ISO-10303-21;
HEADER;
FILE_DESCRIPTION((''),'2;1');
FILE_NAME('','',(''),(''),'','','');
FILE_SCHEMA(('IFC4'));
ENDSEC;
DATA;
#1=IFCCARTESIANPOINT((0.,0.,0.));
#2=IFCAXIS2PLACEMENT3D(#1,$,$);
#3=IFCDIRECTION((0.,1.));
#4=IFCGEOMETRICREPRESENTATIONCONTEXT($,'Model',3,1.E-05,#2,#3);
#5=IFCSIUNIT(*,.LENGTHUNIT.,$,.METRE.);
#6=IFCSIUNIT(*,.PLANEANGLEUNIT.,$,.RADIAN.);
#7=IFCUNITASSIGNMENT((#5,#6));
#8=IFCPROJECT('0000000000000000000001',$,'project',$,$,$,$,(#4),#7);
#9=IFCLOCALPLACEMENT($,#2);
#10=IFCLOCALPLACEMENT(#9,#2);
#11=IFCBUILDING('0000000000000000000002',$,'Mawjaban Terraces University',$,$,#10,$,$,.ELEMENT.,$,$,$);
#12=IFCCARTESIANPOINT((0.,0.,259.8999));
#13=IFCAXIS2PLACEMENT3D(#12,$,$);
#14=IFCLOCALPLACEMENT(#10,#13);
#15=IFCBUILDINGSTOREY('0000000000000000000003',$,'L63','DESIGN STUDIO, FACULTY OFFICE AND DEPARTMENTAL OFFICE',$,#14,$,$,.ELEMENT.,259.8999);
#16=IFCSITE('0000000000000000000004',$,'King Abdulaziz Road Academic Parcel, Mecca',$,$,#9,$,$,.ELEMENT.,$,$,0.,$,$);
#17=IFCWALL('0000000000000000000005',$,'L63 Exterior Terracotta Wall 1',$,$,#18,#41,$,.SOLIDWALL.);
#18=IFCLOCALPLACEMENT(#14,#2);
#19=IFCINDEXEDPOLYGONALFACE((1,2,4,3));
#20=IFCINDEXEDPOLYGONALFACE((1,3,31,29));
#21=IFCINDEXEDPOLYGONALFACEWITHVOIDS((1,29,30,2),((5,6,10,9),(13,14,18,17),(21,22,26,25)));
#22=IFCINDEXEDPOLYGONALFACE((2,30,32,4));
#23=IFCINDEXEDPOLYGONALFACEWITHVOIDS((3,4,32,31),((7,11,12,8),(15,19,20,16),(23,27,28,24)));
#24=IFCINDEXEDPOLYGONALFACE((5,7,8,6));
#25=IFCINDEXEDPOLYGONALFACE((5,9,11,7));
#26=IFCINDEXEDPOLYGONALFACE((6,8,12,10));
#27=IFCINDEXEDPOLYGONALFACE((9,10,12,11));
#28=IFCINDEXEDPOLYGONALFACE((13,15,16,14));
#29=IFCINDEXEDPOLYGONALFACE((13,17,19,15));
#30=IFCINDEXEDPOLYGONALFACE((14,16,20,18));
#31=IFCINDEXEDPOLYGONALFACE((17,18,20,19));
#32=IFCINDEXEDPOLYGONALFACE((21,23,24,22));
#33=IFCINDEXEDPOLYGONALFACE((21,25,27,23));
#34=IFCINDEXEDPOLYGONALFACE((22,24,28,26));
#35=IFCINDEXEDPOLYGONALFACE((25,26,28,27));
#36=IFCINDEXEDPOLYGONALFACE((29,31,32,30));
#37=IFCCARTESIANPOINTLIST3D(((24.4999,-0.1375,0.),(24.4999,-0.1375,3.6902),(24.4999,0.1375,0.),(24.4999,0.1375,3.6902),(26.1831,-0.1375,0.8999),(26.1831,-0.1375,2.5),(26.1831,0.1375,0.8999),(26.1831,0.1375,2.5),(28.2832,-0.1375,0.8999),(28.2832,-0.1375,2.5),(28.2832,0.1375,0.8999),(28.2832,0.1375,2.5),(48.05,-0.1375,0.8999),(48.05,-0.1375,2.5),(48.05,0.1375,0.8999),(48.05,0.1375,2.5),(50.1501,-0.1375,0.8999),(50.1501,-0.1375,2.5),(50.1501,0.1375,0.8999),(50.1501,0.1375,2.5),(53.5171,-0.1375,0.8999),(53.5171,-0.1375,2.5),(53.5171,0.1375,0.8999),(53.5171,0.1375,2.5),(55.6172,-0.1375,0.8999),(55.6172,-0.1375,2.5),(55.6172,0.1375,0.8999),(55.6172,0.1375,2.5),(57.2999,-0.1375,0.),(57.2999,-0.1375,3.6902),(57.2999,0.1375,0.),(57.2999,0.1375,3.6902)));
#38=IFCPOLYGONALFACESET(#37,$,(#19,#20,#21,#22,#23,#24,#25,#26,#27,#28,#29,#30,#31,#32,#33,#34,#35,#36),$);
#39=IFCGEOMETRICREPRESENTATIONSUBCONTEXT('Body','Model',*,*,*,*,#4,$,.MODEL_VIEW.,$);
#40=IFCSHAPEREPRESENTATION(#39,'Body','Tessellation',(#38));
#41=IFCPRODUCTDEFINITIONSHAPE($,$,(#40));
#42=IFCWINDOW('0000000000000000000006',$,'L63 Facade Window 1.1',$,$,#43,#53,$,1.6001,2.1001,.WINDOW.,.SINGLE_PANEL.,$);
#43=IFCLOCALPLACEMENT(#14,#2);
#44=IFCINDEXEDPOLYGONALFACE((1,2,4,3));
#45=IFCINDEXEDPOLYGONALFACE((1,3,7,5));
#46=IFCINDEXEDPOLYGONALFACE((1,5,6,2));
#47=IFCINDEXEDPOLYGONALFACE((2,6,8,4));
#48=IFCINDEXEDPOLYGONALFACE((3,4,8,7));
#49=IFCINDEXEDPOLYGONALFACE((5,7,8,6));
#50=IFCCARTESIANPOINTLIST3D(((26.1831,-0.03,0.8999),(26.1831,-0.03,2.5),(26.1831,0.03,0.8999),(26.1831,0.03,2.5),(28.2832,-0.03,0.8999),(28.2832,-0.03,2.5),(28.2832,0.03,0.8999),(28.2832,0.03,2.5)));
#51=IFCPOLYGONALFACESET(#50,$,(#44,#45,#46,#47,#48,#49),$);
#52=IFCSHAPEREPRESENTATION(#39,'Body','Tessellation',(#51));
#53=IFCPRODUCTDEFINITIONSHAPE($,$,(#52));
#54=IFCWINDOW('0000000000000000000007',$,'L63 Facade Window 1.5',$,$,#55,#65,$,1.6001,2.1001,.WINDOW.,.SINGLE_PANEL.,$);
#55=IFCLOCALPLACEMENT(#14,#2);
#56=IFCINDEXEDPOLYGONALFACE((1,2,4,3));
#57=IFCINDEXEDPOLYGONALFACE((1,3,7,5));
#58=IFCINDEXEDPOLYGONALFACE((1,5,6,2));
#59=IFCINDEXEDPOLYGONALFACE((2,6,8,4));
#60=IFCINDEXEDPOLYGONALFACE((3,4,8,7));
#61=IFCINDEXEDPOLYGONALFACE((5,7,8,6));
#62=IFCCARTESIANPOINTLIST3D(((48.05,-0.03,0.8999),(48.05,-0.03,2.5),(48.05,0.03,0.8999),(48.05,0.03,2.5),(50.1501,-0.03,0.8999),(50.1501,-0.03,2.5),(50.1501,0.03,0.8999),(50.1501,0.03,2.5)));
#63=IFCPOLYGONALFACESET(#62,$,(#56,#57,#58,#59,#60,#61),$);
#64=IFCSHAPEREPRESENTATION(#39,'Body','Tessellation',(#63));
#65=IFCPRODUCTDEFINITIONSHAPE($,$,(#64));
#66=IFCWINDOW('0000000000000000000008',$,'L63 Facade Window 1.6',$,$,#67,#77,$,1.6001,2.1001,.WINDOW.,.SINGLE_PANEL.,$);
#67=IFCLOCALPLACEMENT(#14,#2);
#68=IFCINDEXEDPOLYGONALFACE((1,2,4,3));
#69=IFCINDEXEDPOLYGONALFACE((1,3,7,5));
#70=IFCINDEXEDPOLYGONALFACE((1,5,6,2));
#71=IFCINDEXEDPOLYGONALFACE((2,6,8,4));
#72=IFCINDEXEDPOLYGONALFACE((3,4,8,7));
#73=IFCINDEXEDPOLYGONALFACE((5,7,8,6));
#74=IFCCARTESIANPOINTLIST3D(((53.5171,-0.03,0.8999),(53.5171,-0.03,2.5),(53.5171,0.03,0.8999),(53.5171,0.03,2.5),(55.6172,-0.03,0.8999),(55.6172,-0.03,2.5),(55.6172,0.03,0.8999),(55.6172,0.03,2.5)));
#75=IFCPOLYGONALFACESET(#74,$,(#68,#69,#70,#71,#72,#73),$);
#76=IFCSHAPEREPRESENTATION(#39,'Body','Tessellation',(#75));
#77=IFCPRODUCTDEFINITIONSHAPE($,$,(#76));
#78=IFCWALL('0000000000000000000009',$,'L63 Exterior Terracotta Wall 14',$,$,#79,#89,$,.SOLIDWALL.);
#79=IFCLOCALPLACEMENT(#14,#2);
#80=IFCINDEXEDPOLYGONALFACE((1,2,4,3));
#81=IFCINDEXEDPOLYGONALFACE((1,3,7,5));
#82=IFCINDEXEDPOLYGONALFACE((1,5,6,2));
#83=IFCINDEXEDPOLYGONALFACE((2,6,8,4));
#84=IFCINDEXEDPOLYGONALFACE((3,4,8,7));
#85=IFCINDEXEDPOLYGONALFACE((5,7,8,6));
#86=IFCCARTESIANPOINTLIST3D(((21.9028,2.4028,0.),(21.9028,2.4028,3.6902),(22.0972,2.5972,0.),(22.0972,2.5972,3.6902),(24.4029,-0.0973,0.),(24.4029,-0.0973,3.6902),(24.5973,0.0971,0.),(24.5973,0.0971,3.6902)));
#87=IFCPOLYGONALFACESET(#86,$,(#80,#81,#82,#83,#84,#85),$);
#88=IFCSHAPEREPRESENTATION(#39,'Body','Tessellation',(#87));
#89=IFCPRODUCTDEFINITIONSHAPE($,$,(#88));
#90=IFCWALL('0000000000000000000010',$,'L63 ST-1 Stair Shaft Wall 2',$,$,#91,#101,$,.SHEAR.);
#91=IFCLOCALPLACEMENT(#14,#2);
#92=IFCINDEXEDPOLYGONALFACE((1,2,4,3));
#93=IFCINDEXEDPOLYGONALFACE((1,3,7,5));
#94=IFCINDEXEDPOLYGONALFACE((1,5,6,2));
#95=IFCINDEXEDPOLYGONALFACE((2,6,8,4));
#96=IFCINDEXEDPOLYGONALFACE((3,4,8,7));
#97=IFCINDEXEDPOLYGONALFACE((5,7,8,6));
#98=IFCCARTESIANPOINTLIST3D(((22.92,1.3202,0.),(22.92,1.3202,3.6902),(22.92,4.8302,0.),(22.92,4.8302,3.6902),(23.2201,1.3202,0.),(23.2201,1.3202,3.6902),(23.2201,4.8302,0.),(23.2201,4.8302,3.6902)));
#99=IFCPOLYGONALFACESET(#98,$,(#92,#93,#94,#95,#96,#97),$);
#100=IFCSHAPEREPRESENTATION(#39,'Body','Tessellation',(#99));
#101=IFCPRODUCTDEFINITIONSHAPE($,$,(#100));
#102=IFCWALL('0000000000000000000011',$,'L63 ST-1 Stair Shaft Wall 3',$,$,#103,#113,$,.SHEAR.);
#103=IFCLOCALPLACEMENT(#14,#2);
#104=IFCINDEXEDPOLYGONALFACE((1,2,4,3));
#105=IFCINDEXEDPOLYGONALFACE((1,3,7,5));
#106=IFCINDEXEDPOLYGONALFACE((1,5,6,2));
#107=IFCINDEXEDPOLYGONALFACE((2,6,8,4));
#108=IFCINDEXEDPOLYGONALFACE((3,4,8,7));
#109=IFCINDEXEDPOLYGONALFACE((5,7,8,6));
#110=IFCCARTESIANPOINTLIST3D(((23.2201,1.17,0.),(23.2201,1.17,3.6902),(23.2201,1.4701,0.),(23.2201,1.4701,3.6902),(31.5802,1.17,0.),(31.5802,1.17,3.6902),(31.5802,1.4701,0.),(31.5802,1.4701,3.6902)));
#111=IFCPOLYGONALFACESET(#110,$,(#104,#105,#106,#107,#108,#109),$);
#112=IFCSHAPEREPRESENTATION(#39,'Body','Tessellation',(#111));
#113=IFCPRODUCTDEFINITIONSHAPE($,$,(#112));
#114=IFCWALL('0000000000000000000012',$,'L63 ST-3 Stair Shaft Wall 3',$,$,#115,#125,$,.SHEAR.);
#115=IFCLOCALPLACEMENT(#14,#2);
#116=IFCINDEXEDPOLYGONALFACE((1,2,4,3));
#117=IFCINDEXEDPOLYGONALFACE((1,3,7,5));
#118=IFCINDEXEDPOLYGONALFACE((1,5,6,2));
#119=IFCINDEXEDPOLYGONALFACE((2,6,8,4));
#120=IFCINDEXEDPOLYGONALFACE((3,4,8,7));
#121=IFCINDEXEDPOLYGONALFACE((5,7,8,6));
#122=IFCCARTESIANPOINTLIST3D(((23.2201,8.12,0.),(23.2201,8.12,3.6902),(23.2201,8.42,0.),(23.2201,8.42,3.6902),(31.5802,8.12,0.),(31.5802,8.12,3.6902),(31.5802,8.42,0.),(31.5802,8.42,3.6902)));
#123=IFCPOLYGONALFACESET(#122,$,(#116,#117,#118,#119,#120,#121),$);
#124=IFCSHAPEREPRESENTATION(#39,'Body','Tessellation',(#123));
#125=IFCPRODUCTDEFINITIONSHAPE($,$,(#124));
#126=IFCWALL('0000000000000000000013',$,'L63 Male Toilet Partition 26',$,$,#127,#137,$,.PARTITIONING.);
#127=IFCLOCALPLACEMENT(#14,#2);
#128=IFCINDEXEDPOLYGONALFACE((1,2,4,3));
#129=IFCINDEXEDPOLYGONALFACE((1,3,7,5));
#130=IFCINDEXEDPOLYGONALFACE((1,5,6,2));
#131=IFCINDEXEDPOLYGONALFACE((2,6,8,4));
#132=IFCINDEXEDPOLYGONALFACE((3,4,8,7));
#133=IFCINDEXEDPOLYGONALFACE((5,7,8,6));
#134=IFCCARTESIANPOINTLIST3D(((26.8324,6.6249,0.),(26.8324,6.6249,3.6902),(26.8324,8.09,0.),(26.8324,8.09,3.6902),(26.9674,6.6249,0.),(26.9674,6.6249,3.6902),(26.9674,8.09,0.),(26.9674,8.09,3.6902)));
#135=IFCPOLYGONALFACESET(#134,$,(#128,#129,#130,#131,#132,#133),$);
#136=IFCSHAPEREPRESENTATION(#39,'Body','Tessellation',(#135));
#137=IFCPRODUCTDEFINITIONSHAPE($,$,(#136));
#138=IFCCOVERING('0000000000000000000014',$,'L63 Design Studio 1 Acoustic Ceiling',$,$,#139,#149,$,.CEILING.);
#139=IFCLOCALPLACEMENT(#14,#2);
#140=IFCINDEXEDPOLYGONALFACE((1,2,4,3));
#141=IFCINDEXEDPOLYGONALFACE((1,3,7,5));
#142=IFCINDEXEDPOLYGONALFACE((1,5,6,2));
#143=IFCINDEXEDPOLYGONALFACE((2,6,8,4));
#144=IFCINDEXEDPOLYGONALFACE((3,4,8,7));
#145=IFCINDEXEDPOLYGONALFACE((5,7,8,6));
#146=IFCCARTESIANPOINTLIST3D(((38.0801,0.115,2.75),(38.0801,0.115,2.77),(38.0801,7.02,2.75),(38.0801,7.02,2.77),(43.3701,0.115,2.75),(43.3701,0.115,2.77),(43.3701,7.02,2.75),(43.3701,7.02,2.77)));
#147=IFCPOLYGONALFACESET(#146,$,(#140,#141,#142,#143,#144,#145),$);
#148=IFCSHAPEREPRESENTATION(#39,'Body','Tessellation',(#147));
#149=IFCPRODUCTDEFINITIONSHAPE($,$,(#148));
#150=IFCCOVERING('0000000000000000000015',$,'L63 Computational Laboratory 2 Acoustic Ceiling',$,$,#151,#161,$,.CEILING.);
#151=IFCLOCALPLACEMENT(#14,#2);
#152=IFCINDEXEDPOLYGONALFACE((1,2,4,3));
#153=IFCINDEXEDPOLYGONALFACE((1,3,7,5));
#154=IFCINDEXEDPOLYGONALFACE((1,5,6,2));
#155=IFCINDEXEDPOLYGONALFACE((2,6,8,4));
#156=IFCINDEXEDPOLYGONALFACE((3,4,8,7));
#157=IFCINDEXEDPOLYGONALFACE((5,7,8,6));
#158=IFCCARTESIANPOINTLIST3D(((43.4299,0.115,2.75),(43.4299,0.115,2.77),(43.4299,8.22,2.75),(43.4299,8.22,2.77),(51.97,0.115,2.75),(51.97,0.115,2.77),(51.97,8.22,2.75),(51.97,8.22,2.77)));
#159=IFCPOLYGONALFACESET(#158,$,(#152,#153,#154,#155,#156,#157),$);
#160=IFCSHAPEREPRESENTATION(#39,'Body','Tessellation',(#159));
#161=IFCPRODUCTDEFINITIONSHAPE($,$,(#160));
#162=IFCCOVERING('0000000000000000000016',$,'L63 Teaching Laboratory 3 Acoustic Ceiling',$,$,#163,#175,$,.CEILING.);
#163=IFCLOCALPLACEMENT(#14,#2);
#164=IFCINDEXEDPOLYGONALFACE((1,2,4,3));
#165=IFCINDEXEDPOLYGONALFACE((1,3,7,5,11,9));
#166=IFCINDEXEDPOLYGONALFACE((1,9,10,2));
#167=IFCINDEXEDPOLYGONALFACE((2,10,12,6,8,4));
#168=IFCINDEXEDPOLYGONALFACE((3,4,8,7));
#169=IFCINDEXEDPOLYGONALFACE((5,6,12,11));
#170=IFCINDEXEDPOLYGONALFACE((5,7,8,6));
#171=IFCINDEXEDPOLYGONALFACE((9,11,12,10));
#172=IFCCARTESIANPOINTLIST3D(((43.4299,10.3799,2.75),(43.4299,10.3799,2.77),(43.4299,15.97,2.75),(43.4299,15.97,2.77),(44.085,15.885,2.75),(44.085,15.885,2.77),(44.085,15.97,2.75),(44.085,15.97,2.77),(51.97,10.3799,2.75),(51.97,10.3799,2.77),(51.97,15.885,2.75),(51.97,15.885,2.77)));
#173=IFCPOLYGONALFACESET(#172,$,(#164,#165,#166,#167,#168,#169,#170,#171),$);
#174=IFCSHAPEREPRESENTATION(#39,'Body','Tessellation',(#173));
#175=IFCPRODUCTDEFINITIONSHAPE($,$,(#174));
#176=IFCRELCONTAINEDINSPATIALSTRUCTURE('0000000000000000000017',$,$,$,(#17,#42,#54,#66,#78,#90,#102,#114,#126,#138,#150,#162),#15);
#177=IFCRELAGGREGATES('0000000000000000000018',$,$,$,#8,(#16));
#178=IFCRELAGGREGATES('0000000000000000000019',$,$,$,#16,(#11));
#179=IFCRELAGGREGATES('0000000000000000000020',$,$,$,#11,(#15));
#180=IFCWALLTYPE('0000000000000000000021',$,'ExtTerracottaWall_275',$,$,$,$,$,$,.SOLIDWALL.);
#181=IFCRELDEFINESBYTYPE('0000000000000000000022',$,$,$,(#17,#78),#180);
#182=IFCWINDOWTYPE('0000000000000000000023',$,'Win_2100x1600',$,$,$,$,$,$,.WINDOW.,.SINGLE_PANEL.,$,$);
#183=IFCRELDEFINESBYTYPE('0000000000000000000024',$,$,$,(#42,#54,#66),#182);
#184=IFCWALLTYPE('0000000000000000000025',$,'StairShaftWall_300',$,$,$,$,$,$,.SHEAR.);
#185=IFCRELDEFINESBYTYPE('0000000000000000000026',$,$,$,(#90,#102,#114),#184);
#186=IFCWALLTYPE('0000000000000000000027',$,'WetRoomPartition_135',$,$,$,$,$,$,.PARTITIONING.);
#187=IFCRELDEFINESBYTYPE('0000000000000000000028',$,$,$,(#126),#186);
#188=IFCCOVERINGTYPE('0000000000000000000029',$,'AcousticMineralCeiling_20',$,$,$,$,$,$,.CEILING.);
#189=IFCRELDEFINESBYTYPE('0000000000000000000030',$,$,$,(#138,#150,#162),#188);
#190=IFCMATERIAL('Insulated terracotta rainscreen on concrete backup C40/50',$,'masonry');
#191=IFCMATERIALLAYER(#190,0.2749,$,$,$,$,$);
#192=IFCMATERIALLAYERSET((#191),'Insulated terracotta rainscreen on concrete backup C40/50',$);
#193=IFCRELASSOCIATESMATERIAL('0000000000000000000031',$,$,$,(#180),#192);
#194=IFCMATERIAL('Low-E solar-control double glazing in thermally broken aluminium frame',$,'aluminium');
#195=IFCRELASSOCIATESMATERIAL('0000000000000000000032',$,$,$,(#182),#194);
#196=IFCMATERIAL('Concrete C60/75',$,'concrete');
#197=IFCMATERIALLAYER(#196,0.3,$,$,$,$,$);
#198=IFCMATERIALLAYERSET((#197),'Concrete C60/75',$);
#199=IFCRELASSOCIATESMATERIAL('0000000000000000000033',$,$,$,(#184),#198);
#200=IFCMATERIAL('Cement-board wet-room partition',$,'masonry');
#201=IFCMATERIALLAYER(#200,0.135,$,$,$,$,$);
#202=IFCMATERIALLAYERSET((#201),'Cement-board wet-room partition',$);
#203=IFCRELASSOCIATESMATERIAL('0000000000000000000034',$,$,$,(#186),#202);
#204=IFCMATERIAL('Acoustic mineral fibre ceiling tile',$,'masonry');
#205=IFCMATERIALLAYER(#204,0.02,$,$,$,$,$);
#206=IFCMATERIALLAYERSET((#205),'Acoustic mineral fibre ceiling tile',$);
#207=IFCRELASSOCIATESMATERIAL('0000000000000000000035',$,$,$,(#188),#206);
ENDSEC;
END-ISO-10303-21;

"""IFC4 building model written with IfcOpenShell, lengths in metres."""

from ifc_helpers import new_model, si_unit, direction, frame, frame_2d, origin, place, context, subcontext, project, spatial, polyline, rectangle, outline, extrude, material, layer, layer_set, type_object, element, fill, save


model = new_model("IFC4")

# Units and contexts
model_context = context("Model", 3, precision=1e-05, world=origin(), true_north=direction((0.0, 1.0)))
body_context = subcontext(model_context, "Body", "Model", "MODEL_VIEW")
ifc_project = project(units=[si_unit("LENGTHUNIT", "METRE"), si_unit("PLANEANGLEUNIT", "RADIAN")], contexts=[model_context])

# Site, building, storey
site_placement = place(None, origin())
site = spatial("IfcSite", under=ifc_project, at=site_placement, Name="King Abdulaziz Road Academic Parcel, Mecca", CompositionType="ELEMENT", RefElevation=0.0)
building_placement = place(site_placement, origin())
building = spatial("IfcBuilding", under=site, at=building_placement, Name="Mawjaban Terraces University", CompositionType="ELEMENT")
storey_placement = place(building_placement, frame((0.0, 0.0, 259.8999)))
storey = spatial("IfcBuildingStorey", under=building, at=storey_placement, Name="L63", Description="DESIGN STUDIO, FACULTY OFFICE AND DEPARTMENTAL OFFICE", CompositionType="ELEMENT", Elevation=259.8999)

# Wall, openings, windows
ifc_material_1 = material(Name="Insulated terracotta rainscreen on concrete backup C40/50", Category="masonry")
ifc_layer_1 = layer(ifc_material_1, 0.2749)
ifc_layer_set_1 = layer_set([ifc_layer_1], Name="Insulated terracotta rainscreen on concrete backup C40/50")
wall_type_1 = type_object("IfcWallType", Name="ExtTerracottaWall_275", PredefinedType="SOLIDWALL", material=ifc_layer_set_1)
wall_1_placement = place(storey_placement, frame((24.5, 0.0, 0.0), z_axis=(0.0, 0.0, 1.0), x_axis=(1.0, 0.0, 0.0)))
wall_1 = element("IfcWall", 1, at=wall_1_placement, inside=storey, type_object=wall_type_1, Name="L63 Exterior Terracotta Wall 1", PredefinedType="SOLIDWALL", context=body_context, shape_type="SweptSolid", body=[
    extrude(rectangle(XDim=32.8, YDim=0.2749, at=frame_2d((16.3999, 0.0))), origin(), (0.0, 0.0, 1.0), 3.6902),
])
opening_1_placement = place(wall_1_placement, frame((1.6831, 0.0, 0.8999)))
opening_1 = element("IfcOpeningElement", 2, at=opening_1_placement, cuts=wall_1, PredefinedType="OPENING", context=body_context, shape_type="SweptSolid", body=[
    extrude(rectangle(XDim=2.1001, YDim=1.6001, at=frame_2d((1.05, 0.8))), frame((0.0, 0.1475, 0.0), z_axis=(0.0, -1.0, 0.0), x_axis=(1.0, 0.0, 0.0)), (0.0, 0.0, 1.0), 0.2949),
])
opening_2_placement = place(wall_1_placement, frame((23.55, 0.0, 0.8999)))
opening_2 = element("IfcOpeningElement", 3, at=opening_2_placement, cuts=wall_1, PredefinedType="OPENING", context=body_context, shape_type="SweptSolid", body=[
    extrude(rectangle(XDim=2.1001, YDim=1.6001, at=frame_2d((1.05, 0.8))), frame((0.0, 0.1475, 0.0), z_axis=(0.0, -1.0, 0.0), x_axis=(1.0, 0.0, 0.0)), (0.0, 0.0, 1.0), 0.2949),
])
opening_3_placement = place(wall_1_placement, frame((29.0171, 0.0, 0.8999)))
opening_3 = element("IfcOpeningElement", 4, at=opening_3_placement, cuts=wall_1, PredefinedType="OPENING", context=body_context, shape_type="SweptSolid", body=[
    extrude(rectangle(XDim=2.1001, YDim=1.6001, at=frame_2d((1.05, 0.8))), frame((0.0, 0.1475, 0.0), z_axis=(0.0, -1.0, 0.0), x_axis=(1.0, 0.0, 0.0)), (0.0, 0.0, 1.0), 0.2949),
])
ifc_material_2 = material(Name="Low-E solar-control double glazing in thermally broken aluminium frame", Category="aluminium")
window_type = type_object("IfcWindowType", Name="Win_2100x1600", PartitioningType="SINGLE_PANEL", PredefinedType="WINDOW", material=ifc_material_2)
window_1_placement = place(opening_1_placement, origin())
window_1 = element("IfcWindow", 5, at=window_1_placement, inside=storey, type_object=window_type, Name="L63 Facade Window 1.1", OverallHeight=1.6001, OverallWidth=2.1001, PartitioningType="SINGLE_PANEL", PredefinedType="WINDOW", context=body_context, shape_type="SweptSolid", body=[
    extrude(rectangle(XDim=2.1001, YDim=1.6001, at=frame_2d((1.05, 0.8))), frame((0.0, 0.03, 0.0), z_axis=(0.0, -1.0, 0.0), x_axis=(1.0, 0.0, 0.0)), (0.0, 0.0, 1.0), 0.0601),
])
fill(opening_1, window_1)
window_2_placement = place(opening_2_placement, origin())
window_2 = element("IfcWindow", 6, at=window_2_placement, inside=storey, type_object=window_type, Name="L63 Facade Window 1.5", OverallHeight=1.6001, OverallWidth=2.1001, PartitioningType="SINGLE_PANEL", PredefinedType="WINDOW", context=body_context, shape_type="SweptSolid", body=[
    extrude(rectangle(XDim=2.1001, YDim=1.6001, at=frame_2d((1.05, 0.8))), frame((0.0, 0.03, 0.0), z_axis=(0.0, -1.0, 0.0), x_axis=(1.0, 0.0, 0.0)), (0.0, 0.0, 1.0), 0.0601),
])
fill(opening_2, window_2)
window_3_placement = place(opening_3_placement, origin())
window_3 = element("IfcWindow", 7, at=window_3_placement, inside=storey, type_object=window_type, Name="L63 Facade Window 1.6", OverallHeight=1.6001, OverallWidth=2.1001, PartitioningType="SINGLE_PANEL", PredefinedType="WINDOW", context=body_context, shape_type="SweptSolid", body=[
    extrude(rectangle(XDim=2.1001, YDim=1.6001, at=frame_2d((1.05, 0.8))), frame((0.0, 0.03, 0.0), z_axis=(0.0, -1.0, 0.0), x_axis=(1.0, 0.0, 0.0)), (0.0, 0.0, 1.0), 0.0601),
])
fill(opening_3, window_3)

# Walls
wall_2_placement = place(storey_placement, frame((22.0, 2.5, 0.0), z_axis=(0.0, 0.0, 1.0), x_axis=(0.707107, -0.707107, 0.0)))
element("IfcWall", 8, at=wall_2_placement, inside=storey, type_object=wall_type_1, Name="L63 Exterior Terracotta Wall 14", PredefinedType="SOLIDWALL", context=body_context, shape_type="SweptSolid", body=[
    extrude(rectangle(XDim=3.5356, YDim=0.2749, at=frame_2d((1.7678, 0.0))), origin(), (0.0, 0.0, 1.0), 3.6902),
])
ifc_material_3 = material(Name="Concrete C60/75", Category="concrete")
ifc_layer_2 = layer(ifc_material_3, 0.3)
ifc_layer_set_2 = layer_set([ifc_layer_2], Name="Concrete C60/75")
wall_type_2 = type_object("IfcWallType", Name="StairShaftWall_300", PredefinedType="SHEAR", material=ifc_layer_set_2)
wall_3_placement = place(storey_placement, frame((23.0701, 4.8301, 0.0), z_axis=(0.0, 0.0, 1.0), x_axis=(0.0, -1.0, 0.0)))
element("IfcWall", 9, at=wall_3_placement, inside=storey, type_object=wall_type_2, Name="L63 ST-1 Stair Shaft Wall 2", PredefinedType="SHEAR", context=body_context, shape_type="SweptSolid", body=[
    extrude(rectangle(XDim=3.51, YDim=0.3, at=frame_2d((1.7549, 0.0))), origin(), (0.0, 0.0, 1.0), 3.6902),
])
for number, where, z_axis, x_axis, name in (
    (10, (23.22, 1.3201, 0.0), (0.0, 0.0, 1.0), (1.0, 0.0, 0.0), "L63 ST-1 Stair Shaft Wall 3"),
    (11, (23.22, 8.27, 0.0), (0.0, 0.0, 1.0), (1.0, 0.0, 0.0), "L63 ST-3 Stair Shaft Wall 3"),
):
    element("IfcWall", number, at=place(storey_placement, frame(where, z_axis=z_axis, x_axis=x_axis)), inside=storey, type_object=wall_type_2, Name=name, PredefinedType="SHEAR", context=body_context, shape_type="SweptSolid", body=[
        extrude(rectangle(XDim=8.3601, YDim=0.3, at=frame_2d((4.1802, 0.0))), origin(), (0.0, 0.0, 1.0), 3.6902),
    ])
ifc_material_4 = material(Name="Cement-board wet-room partition", Category="masonry")
ifc_layer_3 = layer(ifc_material_4, 0.135)
ifc_layer_set_3 = layer_set([ifc_layer_3], Name="Cement-board wet-room partition")
wall_type_3 = type_object("IfcWallType", Name="WetRoomPartition_135", PredefinedType="PARTITIONING", material=ifc_layer_set_3)
wall_4_placement = place(storey_placement, frame((26.8999, 6.625, 0.0), z_axis=(0.0, 0.0, 1.0), x_axis=(0.0, 1.0, 0.0)))
element("IfcWall", 12, at=wall_4_placement, inside=storey, type_object=wall_type_3, Name="L63 Male Toilet Partition 26", PredefinedType="PARTITIONING", context=body_context, shape_type="SweptSolid", body=[
    extrude(rectangle(XDim=1.4651, YDim=0.135, at=frame_2d((0.7324, 0.0))), origin(), (0.0, 0.0, 1.0), 3.6902),
])

# Coverings
ifc_material_5 = material(Name="Acoustic mineral fibre ceiling tile", Category="masonry")
ifc_layer_4 = layer(ifc_material_5, 0.02)
ifc_layer_set_4 = layer_set([ifc_layer_4], Name="Acoustic mineral fibre ceiling tile")
covering_type = type_object("IfcCoveringType", Name="AcousticMineralCeiling_20", PredefinedType="CEILING", material=ifc_layer_set_4)
covering_1_placement = place(storey_placement, frame((0.0, 0.0, 2.75)))
element("IfcCovering", 13, at=covering_1_placement, inside=storey, type_object=covering_type, Name="L63 Design Studio 1 Acoustic Ceiling", PredefinedType="CEILING", context=body_context, shape_type="SweptSolid", body=[
    extrude(outline(polyline([(38.0801, 7.02), (38.0801, 0.115), (43.3701, 0.115), (43.3701, 7.02), (38.0801, 7.02)])), origin(), (0.0, 0.0, 1.0), 0.02),
])
covering_2_placement = place(storey_placement, frame((0.0, 0.0, 2.75)))
element("IfcCovering", 14, at=covering_2_placement, inside=storey, type_object=covering_type, Name="L63 Computational Laboratory 2 Acoustic Ceiling", PredefinedType="CEILING", context=body_context, shape_type="SweptSolid", body=[
    extrude(outline(polyline([(43.4299, 0.115), (51.97, 0.115), (51.97, 8.22), (43.4299, 8.22), (43.4299, 0.115)])), origin(), (0.0, 0.0, 1.0), 0.02),
])
covering_3_placement = place(storey_placement, frame((0.0, 0.0, 2.75)))
element("IfcCovering", 15, at=covering_3_placement, inside=storey, type_object=covering_type, Name="L63 Teaching Laboratory 3 Acoustic Ceiling", PredefinedType="CEILING", context=body_context, shape_type="SweptSolid", body=[
    extrude(outline(polyline([(51.97, 15.885), (44.085, 15.885), (44.085, 15.97), (43.4299, 15.97), (43.4299, 10.3799), (51.97, 10.3799), (51.97, 15.885)])), origin(), (0.0, 0.0, 1.0), 0.02),
])

save(model, "model.ifc")
